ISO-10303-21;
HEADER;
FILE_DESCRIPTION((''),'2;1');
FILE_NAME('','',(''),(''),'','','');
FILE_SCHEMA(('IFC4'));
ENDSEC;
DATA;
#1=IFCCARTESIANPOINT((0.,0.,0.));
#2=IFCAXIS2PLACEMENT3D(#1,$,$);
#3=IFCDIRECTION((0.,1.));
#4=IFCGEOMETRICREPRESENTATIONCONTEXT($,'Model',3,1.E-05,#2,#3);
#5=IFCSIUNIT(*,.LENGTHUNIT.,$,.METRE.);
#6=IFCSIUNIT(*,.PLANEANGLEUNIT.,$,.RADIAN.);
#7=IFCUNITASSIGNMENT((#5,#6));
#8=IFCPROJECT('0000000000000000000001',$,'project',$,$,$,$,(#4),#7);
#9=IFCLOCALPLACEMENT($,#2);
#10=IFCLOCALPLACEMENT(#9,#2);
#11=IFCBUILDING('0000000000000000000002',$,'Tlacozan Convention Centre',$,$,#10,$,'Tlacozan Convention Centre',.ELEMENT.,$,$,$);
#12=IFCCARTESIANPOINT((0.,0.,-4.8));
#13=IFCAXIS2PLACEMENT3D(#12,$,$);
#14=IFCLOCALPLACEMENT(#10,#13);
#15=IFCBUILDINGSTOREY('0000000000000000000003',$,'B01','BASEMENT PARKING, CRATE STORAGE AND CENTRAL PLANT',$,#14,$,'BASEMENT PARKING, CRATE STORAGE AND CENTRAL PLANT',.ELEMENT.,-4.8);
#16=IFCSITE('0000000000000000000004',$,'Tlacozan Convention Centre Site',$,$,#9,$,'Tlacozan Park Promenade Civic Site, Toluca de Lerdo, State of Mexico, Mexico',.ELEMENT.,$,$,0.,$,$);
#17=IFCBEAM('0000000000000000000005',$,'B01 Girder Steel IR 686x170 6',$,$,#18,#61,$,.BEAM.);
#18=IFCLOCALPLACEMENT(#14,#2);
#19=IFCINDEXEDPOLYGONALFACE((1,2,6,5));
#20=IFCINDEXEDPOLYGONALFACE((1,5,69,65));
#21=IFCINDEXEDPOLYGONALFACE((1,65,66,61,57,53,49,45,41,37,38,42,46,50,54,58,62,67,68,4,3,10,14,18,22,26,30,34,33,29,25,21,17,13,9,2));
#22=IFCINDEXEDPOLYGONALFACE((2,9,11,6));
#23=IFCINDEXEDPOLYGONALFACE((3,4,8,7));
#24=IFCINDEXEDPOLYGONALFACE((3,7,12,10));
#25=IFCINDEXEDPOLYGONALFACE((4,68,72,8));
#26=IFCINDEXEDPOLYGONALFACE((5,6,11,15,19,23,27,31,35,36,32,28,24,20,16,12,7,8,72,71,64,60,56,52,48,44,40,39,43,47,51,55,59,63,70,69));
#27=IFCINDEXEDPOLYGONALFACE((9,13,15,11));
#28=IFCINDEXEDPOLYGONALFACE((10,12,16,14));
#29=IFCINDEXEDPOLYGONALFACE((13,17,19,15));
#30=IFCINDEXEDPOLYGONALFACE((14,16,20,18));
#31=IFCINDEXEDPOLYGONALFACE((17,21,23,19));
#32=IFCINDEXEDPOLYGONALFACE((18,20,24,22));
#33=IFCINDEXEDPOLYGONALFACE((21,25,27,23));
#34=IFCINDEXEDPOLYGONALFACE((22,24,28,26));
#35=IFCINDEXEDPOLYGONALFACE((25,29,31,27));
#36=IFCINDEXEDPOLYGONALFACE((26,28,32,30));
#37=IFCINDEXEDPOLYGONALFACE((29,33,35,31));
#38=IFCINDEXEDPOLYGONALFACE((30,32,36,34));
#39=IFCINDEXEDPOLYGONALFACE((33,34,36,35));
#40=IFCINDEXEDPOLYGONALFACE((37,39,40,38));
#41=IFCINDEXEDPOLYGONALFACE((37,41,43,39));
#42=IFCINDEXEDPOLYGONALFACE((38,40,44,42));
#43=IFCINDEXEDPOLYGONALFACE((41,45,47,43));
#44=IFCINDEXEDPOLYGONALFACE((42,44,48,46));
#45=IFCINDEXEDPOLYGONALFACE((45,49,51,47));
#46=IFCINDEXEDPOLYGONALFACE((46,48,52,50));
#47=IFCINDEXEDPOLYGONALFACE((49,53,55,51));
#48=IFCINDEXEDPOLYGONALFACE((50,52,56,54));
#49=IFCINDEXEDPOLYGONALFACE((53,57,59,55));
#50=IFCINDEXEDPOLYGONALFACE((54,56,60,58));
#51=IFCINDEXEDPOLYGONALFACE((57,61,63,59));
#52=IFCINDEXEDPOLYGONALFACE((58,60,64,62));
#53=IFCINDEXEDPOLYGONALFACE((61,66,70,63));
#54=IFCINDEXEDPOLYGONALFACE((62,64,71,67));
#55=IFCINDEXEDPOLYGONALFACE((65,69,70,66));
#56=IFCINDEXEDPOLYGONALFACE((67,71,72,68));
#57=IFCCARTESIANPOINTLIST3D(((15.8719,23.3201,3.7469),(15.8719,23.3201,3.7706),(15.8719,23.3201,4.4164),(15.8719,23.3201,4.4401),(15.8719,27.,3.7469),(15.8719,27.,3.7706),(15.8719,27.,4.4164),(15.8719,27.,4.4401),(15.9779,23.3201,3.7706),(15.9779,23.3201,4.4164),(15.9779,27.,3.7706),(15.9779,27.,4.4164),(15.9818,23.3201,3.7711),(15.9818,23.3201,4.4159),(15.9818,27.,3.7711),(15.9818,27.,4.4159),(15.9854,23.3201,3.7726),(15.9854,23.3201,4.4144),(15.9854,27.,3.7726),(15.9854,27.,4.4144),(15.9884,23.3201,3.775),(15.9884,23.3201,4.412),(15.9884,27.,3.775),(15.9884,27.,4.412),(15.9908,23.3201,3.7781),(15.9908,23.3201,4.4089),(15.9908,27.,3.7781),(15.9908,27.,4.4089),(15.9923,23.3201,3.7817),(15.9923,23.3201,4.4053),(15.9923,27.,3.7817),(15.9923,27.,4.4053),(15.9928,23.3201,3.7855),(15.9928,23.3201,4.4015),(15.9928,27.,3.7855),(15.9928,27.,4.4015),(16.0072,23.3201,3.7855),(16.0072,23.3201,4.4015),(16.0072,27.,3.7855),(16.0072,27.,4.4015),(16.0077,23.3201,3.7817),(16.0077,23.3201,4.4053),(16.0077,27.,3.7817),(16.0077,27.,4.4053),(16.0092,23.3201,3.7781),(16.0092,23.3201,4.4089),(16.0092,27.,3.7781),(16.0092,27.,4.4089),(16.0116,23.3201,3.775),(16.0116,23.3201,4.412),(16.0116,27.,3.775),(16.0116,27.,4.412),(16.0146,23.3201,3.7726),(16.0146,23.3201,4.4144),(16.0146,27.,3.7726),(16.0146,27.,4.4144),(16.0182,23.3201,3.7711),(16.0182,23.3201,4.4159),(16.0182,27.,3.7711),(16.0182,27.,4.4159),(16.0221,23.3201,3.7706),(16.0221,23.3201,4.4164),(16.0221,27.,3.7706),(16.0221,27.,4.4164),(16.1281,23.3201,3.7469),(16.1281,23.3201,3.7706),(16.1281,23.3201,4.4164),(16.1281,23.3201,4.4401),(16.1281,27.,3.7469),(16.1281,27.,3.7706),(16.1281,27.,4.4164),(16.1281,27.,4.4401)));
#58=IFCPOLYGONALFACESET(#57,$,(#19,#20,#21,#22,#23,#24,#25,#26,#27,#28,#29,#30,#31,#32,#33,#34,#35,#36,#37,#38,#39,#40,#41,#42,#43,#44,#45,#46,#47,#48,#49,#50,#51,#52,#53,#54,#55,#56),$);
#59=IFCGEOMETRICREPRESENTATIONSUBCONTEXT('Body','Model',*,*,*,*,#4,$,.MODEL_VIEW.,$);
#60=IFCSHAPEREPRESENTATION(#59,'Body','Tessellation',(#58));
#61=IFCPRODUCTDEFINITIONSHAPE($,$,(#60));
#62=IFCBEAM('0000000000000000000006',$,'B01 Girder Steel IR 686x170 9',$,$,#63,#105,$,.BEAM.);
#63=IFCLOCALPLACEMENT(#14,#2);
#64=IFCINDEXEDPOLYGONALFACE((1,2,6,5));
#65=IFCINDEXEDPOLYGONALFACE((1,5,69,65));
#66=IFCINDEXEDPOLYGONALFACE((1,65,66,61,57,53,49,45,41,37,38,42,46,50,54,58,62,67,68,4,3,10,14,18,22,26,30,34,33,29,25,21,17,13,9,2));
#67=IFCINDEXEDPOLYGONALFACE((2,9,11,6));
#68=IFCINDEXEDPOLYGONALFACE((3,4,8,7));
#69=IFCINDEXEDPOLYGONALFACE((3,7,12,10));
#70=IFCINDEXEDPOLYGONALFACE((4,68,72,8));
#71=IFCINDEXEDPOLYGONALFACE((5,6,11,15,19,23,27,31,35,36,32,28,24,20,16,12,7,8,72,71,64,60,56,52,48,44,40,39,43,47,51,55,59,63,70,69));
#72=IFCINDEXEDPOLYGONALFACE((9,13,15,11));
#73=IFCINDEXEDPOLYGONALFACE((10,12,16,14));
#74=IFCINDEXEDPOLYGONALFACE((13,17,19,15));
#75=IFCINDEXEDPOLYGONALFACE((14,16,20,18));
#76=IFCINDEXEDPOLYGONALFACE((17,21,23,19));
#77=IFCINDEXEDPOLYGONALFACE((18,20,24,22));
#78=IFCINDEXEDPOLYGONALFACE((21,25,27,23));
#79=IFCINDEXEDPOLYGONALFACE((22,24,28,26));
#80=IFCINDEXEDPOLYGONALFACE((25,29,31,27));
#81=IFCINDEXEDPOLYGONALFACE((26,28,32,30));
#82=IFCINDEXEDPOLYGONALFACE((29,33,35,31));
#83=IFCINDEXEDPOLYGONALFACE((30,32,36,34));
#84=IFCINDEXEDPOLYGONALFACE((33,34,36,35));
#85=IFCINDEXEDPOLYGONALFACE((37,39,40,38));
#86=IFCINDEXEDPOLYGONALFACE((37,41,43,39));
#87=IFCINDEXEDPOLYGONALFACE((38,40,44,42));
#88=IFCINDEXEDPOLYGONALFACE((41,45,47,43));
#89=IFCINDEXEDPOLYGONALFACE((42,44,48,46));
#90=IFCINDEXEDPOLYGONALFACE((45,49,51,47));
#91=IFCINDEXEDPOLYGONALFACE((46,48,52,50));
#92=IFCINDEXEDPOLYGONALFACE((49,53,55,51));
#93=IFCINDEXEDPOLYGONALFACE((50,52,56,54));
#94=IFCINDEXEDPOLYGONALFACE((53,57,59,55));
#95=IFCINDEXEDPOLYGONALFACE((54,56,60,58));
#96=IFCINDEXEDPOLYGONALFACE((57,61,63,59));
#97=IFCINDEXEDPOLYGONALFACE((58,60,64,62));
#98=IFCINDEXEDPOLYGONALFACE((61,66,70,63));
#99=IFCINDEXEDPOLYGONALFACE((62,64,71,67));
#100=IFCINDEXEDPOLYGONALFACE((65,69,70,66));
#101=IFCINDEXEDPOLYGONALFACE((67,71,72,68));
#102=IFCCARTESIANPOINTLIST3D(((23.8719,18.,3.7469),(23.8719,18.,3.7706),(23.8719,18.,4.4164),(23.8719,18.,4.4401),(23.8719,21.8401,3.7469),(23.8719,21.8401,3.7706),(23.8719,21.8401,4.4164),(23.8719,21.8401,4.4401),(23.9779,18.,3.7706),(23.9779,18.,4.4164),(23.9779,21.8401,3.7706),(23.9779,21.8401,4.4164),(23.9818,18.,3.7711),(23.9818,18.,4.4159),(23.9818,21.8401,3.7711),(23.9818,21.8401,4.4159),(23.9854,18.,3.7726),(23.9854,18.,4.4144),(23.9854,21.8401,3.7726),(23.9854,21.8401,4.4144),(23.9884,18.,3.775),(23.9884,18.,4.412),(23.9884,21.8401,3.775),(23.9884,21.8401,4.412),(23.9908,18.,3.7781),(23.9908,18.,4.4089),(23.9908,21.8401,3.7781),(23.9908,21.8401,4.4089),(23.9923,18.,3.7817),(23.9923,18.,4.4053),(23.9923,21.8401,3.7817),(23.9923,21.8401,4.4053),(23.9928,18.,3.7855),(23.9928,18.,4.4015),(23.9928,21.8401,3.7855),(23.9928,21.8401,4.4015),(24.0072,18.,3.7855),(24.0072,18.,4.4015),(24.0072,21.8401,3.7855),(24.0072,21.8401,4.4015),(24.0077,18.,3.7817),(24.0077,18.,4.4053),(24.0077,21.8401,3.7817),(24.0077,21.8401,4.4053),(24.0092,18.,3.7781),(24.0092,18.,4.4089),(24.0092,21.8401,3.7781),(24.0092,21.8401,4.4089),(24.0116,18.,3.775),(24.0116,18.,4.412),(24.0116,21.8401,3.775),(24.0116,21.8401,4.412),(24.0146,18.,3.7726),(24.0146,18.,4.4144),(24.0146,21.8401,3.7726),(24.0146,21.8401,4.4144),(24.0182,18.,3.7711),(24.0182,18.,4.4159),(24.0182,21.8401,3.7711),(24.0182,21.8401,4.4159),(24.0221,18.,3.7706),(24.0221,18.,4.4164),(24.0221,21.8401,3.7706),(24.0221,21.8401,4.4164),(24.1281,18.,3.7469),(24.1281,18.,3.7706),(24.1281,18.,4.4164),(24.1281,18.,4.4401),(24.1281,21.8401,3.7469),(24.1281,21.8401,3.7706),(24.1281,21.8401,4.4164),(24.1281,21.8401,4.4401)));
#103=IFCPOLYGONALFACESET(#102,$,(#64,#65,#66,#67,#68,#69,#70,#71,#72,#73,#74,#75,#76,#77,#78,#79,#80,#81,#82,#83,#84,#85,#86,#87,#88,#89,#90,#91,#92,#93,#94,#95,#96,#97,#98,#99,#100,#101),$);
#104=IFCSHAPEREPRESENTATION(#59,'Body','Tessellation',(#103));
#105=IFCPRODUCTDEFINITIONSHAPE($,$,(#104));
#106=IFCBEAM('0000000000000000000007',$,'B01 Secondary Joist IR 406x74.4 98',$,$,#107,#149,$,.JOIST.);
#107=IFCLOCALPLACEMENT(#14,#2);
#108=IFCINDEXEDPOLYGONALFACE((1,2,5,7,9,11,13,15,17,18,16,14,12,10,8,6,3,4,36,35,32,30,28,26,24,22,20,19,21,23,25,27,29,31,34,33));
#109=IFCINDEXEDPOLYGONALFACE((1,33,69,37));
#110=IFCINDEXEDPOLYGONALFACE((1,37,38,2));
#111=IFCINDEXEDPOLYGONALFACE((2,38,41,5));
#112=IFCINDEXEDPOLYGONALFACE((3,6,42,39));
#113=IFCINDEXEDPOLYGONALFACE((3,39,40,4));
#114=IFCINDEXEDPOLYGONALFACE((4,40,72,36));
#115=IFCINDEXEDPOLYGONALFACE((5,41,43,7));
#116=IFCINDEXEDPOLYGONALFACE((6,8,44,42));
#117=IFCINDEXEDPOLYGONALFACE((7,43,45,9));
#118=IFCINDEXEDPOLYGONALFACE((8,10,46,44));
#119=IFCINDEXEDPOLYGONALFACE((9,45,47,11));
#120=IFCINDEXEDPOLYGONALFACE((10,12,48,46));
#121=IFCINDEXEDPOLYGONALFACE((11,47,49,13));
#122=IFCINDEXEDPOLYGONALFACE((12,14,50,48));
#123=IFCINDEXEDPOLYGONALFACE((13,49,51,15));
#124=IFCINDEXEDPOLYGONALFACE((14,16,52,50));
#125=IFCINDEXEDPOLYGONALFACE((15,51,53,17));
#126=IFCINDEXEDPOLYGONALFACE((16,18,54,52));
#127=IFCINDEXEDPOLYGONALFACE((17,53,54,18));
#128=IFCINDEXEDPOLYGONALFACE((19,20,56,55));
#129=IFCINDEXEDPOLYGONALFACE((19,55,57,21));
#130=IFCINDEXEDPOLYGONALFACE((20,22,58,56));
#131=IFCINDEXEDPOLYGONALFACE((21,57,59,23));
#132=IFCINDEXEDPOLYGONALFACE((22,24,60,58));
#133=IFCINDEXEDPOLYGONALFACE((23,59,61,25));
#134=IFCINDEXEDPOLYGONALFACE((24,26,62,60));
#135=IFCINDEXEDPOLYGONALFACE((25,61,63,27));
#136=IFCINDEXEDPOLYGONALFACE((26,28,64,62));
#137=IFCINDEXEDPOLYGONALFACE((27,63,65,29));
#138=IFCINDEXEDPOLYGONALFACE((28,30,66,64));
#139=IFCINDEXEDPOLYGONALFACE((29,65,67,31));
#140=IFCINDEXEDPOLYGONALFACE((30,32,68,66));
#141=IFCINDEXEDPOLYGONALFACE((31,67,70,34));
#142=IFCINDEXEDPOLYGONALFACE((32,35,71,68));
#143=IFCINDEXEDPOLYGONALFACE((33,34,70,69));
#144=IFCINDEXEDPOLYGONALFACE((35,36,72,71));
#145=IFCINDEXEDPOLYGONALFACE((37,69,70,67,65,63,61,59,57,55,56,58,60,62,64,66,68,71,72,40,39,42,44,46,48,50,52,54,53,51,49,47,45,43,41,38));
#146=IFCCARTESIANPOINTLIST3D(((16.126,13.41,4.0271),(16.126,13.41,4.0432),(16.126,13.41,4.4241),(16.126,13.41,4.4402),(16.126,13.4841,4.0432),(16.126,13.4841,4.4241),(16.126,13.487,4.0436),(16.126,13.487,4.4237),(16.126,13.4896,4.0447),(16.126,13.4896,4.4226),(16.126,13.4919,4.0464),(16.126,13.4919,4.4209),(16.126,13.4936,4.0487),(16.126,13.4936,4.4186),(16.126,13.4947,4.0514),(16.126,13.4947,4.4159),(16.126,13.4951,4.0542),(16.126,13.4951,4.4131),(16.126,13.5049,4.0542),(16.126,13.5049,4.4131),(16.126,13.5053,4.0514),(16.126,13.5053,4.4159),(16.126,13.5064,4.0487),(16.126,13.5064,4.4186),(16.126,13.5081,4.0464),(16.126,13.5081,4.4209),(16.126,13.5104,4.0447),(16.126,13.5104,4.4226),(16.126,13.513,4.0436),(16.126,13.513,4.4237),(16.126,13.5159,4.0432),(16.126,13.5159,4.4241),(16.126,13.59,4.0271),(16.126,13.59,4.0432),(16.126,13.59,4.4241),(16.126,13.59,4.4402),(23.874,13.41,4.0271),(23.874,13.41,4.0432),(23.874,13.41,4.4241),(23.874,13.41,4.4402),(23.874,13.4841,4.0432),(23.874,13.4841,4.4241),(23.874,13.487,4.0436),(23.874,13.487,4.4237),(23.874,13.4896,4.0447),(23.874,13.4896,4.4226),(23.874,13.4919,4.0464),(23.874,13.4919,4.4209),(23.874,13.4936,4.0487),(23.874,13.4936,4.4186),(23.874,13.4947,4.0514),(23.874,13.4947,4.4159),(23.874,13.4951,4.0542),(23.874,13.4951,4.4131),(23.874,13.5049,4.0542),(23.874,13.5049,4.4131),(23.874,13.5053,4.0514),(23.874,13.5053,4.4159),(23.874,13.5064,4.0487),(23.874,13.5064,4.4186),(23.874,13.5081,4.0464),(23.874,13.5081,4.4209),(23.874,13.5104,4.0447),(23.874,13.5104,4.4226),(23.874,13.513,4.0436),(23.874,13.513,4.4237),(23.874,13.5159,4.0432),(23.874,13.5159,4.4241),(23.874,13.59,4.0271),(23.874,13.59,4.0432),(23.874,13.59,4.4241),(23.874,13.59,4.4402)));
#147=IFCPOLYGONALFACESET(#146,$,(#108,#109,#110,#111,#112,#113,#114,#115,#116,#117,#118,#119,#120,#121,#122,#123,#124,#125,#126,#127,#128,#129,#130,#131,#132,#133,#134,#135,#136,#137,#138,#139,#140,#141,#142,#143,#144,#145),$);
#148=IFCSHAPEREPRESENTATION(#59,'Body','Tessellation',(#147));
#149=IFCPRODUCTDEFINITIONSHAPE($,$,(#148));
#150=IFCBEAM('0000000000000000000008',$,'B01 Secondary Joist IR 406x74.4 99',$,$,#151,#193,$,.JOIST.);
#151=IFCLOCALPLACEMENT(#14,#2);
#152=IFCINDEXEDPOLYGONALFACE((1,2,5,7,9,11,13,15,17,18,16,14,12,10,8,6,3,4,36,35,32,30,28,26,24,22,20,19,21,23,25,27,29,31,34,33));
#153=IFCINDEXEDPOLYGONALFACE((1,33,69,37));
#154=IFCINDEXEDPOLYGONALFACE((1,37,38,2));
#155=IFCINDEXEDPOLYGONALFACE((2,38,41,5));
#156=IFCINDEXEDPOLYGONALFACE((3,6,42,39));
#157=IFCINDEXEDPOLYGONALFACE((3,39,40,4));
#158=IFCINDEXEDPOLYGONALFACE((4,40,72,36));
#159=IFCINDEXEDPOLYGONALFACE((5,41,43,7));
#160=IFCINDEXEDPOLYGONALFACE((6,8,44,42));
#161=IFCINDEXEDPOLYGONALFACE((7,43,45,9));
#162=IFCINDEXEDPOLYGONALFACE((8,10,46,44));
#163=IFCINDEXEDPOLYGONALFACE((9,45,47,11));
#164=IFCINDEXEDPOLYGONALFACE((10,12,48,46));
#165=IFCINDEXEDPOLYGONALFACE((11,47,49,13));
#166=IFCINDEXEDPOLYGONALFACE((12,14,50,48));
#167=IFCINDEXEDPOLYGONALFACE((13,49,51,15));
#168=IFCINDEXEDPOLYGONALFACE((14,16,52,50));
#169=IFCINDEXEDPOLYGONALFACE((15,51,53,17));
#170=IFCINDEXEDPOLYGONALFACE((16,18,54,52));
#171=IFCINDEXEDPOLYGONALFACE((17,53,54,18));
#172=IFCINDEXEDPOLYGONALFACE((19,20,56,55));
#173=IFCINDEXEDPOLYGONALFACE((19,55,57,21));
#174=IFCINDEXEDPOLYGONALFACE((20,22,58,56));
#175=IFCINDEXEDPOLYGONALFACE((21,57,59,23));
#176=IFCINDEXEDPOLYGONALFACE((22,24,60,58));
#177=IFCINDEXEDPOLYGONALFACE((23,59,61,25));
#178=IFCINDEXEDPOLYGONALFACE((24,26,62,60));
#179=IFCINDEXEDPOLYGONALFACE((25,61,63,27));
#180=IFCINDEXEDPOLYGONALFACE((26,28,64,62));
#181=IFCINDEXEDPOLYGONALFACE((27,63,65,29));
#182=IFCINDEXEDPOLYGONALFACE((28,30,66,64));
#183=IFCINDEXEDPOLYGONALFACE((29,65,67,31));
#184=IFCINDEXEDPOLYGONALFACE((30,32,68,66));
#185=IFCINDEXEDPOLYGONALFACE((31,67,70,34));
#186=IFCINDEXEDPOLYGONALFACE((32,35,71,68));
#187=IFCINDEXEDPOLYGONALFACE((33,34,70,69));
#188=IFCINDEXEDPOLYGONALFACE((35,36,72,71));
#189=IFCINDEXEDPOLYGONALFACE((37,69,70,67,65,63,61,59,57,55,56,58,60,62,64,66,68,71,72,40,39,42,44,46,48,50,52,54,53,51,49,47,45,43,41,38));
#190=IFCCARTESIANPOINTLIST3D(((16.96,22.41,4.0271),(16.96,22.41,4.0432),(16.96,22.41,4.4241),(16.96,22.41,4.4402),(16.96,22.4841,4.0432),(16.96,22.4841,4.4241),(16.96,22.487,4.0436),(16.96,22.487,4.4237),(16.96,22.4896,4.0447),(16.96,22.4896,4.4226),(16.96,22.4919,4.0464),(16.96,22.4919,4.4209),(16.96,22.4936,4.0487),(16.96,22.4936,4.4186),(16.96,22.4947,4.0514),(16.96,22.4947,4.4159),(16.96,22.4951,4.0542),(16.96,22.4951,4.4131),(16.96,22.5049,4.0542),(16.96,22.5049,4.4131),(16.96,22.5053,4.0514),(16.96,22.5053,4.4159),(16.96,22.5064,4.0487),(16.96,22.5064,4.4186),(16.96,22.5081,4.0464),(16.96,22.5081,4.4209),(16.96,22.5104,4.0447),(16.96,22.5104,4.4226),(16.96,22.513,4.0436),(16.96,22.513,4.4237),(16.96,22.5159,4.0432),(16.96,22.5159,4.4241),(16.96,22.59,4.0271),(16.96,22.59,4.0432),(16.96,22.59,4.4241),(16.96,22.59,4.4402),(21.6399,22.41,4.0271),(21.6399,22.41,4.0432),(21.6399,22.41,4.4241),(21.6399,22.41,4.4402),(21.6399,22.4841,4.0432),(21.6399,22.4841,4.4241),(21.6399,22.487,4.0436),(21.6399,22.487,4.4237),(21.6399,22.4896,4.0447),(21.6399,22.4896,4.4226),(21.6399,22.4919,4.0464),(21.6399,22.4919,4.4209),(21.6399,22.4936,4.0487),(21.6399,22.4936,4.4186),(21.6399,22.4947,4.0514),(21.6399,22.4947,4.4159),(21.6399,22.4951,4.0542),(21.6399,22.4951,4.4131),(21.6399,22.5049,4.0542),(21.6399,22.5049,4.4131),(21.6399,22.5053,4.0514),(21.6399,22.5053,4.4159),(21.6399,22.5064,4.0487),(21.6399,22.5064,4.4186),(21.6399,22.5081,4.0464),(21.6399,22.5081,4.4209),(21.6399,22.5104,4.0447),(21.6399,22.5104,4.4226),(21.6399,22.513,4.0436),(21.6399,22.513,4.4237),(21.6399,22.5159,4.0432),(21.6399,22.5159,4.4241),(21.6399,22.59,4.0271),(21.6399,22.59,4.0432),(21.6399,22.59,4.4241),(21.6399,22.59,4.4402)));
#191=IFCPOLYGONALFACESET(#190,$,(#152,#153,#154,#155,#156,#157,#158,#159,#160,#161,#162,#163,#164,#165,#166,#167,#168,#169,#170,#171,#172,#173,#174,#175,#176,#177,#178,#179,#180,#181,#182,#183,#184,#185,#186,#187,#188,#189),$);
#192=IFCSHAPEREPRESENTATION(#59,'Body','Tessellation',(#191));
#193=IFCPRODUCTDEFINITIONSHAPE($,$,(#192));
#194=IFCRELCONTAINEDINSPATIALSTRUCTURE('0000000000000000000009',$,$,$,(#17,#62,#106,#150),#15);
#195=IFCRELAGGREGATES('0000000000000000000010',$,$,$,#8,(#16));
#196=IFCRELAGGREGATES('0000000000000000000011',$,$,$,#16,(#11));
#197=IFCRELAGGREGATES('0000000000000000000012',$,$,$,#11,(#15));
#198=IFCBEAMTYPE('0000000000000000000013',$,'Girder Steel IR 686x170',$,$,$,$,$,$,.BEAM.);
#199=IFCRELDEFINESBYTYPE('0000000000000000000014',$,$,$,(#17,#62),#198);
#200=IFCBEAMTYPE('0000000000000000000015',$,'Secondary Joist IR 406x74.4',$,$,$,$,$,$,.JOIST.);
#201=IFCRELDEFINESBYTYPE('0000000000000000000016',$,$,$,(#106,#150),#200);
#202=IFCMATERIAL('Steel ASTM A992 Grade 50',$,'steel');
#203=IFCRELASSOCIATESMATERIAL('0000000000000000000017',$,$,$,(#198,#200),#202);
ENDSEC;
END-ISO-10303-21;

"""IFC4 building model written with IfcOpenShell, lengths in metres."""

from ifc_helpers import new_model, si_unit, direction, frame, origin, origin_2d, place, context, subcontext, project, spatial, i_section, extrude, material, material_profile, profile_set, type_object, element, save


model = new_model("IFC4")

# Units and contexts
model_context = context("Model", 3, precision=1e-05, world=origin(), true_north=direction((0.0, 1.0)))
body_context = subcontext(model_context, "Body", "Model", "MODEL_VIEW")
ifc_project = project(units=[si_unit("LENGTHUNIT", "METRE"), si_unit("PLANEANGLEUNIT", "RADIAN")], contexts=[model_context])

# Site, building, storey
site_placement = place(None, origin())
site = spatial("IfcSite", under=ifc_project, at=site_placement, Name="Tlacozan Convention Centre Site", LongName="Tlacozan Park Promenade Civic Site, Toluca de Lerdo, State of Mexico, Mexico", CompositionType="ELEMENT", RefElevation=0.0)
building_placement = place(site_placement, origin())
building = spatial("IfcBuilding", under=site, at=building_placement, Name="Tlacozan Convention Centre", LongName="Tlacozan Convention Centre", CompositionType="ELEMENT")
storey_placement = place(building_placement, frame((0.0, 0.0, -4.8)))
storey = spatial("IfcBuildingStorey", under=building, at=storey_placement, Name="B01", Description="BASEMENT PARKING, CRATE STORAGE AND CENTRAL PLANT", LongName="BASEMENT PARKING, CRATE STORAGE AND CENTRAL PLANT", CompositionType="ELEMENT", Elevation=-4.8)

# Beams
ifc_material_1 = material(Name="Steel ASTM A992 Grade 50", Category="steel")
ifc_material_profile_1 = material_profile(ifc_material_1, i_section(OverallWidth=0.2561, OverallDepth=0.6931, WebThickness=0.0144, FlangeThickness=0.0237, FilletRadius=0.0149, at=origin_2d()), Name="IR 686x170.0")
ifc_profile_set_1 = profile_set([ifc_material_profile_1], Name="Steel ASTM A992 Grade 50")
beam_type_1 = type_object("IfcBeamType", Name="Girder Steel IR 686x170", PredefinedType="BEAM", material=ifc_profile_set_1)
beam_1_placement = place(storey_placement, frame((16.0, 23.3201, 4.0935), z_axis=(0.0, 1.0, 0.0), x_axis=(-1.0, 0.0, 0.0)))
element("IfcBeam", 1, at=beam_1_placement, inside=storey, type_object=beam_type_1, Name="B01 Girder Steel IR 686x170 6", PredefinedType="BEAM", context=body_context, shape_type="SweptSolid", body=[
    extrude(i_section(OverallWidth=0.2561, OverallDepth=0.6931, WebThickness=0.0144, FlangeThickness=0.0237, FilletRadius=0.0149, at=origin_2d()), origin(), (0.0, 0.0, 1.0), 3.6799),
])
beam_2_placement = place(storey_placement, frame((24.0, 18.0, 4.0935), z_axis=(0.0, 1.0, 0.0), x_axis=(-1.0, 0.0, 0.0)))
element("IfcBeam", 2, at=beam_2_placement, inside=storey, type_object=beam_type_1, Name="B01 Girder Steel IR 686x170 9", PredefinedType="BEAM", context=body_context, shape_type="SweptSolid", body=[
    extrude(i_section(OverallWidth=0.2561, OverallDepth=0.6931, WebThickness=0.0144, FlangeThickness=0.0237, FilletRadius=0.0149, at=origin_2d()), origin(), (0.0, 0.0, 1.0), 3.8401),
])
ifc_material_profile_2 = material_profile(ifc_material_1, i_section(OverallWidth=0.1799, OverallDepth=0.4131, WebThickness=0.0098, FlangeThickness=0.0161, FilletRadius=0.011, at=origin_2d()), Name="IR 406x74.4")
ifc_profile_set_2 = profile_set([ifc_material_profile_2], Name="Steel ASTM A992 Grade 50")
beam_type_2 = type_object("IfcBeamType", Name="Secondary Joist IR 406x74.4", PredefinedType="JOIST", material=ifc_profile_set_2)
beam_3_placement = place(storey_placement, frame((16.126, 13.5, 4.2336), z_axis=(1.0, 0.0, 0.0), x_axis=(0.0, 1.0, 0.0)))
element("IfcBeam", 3, at=beam_3_placement, inside=storey, type_object=beam_type_2, Name="B01 Secondary Joist IR 406x74.4 98", PredefinedType="JOIST", context=body_context, shape_type="SweptSolid", body=[
    extrude(i_section(OverallWidth=0.1799, OverallDepth=0.4131, WebThickness=0.0098, FlangeThickness=0.0161, FilletRadius=0.011, at=origin_2d()), origin(), (0.0, 0.0, 1.0), 7.748),
])
beam_4_placement = place(storey_placement, frame((16.96, 22.5, 4.2336), z_axis=(1.0, 0.0, 0.0), x_axis=(0.0, 1.0, 0.0)))
element("IfcBeam", 4, at=beam_4_placement, inside=storey, type_object=beam_type_2, Name="B01 Secondary Joist IR 406x74.4 99", PredefinedType="JOIST", context=body_context, shape_type="SweptSolid", body=[
    extrude(i_section(OverallWidth=0.1799, OverallDepth=0.4131, WebThickness=0.0098, FlangeThickness=0.0161, FilletRadius=0.011, at=origin_2d()), origin(), (0.0, 0.0, 1.0), 4.6799),
])

save(model, "model.ifc")
